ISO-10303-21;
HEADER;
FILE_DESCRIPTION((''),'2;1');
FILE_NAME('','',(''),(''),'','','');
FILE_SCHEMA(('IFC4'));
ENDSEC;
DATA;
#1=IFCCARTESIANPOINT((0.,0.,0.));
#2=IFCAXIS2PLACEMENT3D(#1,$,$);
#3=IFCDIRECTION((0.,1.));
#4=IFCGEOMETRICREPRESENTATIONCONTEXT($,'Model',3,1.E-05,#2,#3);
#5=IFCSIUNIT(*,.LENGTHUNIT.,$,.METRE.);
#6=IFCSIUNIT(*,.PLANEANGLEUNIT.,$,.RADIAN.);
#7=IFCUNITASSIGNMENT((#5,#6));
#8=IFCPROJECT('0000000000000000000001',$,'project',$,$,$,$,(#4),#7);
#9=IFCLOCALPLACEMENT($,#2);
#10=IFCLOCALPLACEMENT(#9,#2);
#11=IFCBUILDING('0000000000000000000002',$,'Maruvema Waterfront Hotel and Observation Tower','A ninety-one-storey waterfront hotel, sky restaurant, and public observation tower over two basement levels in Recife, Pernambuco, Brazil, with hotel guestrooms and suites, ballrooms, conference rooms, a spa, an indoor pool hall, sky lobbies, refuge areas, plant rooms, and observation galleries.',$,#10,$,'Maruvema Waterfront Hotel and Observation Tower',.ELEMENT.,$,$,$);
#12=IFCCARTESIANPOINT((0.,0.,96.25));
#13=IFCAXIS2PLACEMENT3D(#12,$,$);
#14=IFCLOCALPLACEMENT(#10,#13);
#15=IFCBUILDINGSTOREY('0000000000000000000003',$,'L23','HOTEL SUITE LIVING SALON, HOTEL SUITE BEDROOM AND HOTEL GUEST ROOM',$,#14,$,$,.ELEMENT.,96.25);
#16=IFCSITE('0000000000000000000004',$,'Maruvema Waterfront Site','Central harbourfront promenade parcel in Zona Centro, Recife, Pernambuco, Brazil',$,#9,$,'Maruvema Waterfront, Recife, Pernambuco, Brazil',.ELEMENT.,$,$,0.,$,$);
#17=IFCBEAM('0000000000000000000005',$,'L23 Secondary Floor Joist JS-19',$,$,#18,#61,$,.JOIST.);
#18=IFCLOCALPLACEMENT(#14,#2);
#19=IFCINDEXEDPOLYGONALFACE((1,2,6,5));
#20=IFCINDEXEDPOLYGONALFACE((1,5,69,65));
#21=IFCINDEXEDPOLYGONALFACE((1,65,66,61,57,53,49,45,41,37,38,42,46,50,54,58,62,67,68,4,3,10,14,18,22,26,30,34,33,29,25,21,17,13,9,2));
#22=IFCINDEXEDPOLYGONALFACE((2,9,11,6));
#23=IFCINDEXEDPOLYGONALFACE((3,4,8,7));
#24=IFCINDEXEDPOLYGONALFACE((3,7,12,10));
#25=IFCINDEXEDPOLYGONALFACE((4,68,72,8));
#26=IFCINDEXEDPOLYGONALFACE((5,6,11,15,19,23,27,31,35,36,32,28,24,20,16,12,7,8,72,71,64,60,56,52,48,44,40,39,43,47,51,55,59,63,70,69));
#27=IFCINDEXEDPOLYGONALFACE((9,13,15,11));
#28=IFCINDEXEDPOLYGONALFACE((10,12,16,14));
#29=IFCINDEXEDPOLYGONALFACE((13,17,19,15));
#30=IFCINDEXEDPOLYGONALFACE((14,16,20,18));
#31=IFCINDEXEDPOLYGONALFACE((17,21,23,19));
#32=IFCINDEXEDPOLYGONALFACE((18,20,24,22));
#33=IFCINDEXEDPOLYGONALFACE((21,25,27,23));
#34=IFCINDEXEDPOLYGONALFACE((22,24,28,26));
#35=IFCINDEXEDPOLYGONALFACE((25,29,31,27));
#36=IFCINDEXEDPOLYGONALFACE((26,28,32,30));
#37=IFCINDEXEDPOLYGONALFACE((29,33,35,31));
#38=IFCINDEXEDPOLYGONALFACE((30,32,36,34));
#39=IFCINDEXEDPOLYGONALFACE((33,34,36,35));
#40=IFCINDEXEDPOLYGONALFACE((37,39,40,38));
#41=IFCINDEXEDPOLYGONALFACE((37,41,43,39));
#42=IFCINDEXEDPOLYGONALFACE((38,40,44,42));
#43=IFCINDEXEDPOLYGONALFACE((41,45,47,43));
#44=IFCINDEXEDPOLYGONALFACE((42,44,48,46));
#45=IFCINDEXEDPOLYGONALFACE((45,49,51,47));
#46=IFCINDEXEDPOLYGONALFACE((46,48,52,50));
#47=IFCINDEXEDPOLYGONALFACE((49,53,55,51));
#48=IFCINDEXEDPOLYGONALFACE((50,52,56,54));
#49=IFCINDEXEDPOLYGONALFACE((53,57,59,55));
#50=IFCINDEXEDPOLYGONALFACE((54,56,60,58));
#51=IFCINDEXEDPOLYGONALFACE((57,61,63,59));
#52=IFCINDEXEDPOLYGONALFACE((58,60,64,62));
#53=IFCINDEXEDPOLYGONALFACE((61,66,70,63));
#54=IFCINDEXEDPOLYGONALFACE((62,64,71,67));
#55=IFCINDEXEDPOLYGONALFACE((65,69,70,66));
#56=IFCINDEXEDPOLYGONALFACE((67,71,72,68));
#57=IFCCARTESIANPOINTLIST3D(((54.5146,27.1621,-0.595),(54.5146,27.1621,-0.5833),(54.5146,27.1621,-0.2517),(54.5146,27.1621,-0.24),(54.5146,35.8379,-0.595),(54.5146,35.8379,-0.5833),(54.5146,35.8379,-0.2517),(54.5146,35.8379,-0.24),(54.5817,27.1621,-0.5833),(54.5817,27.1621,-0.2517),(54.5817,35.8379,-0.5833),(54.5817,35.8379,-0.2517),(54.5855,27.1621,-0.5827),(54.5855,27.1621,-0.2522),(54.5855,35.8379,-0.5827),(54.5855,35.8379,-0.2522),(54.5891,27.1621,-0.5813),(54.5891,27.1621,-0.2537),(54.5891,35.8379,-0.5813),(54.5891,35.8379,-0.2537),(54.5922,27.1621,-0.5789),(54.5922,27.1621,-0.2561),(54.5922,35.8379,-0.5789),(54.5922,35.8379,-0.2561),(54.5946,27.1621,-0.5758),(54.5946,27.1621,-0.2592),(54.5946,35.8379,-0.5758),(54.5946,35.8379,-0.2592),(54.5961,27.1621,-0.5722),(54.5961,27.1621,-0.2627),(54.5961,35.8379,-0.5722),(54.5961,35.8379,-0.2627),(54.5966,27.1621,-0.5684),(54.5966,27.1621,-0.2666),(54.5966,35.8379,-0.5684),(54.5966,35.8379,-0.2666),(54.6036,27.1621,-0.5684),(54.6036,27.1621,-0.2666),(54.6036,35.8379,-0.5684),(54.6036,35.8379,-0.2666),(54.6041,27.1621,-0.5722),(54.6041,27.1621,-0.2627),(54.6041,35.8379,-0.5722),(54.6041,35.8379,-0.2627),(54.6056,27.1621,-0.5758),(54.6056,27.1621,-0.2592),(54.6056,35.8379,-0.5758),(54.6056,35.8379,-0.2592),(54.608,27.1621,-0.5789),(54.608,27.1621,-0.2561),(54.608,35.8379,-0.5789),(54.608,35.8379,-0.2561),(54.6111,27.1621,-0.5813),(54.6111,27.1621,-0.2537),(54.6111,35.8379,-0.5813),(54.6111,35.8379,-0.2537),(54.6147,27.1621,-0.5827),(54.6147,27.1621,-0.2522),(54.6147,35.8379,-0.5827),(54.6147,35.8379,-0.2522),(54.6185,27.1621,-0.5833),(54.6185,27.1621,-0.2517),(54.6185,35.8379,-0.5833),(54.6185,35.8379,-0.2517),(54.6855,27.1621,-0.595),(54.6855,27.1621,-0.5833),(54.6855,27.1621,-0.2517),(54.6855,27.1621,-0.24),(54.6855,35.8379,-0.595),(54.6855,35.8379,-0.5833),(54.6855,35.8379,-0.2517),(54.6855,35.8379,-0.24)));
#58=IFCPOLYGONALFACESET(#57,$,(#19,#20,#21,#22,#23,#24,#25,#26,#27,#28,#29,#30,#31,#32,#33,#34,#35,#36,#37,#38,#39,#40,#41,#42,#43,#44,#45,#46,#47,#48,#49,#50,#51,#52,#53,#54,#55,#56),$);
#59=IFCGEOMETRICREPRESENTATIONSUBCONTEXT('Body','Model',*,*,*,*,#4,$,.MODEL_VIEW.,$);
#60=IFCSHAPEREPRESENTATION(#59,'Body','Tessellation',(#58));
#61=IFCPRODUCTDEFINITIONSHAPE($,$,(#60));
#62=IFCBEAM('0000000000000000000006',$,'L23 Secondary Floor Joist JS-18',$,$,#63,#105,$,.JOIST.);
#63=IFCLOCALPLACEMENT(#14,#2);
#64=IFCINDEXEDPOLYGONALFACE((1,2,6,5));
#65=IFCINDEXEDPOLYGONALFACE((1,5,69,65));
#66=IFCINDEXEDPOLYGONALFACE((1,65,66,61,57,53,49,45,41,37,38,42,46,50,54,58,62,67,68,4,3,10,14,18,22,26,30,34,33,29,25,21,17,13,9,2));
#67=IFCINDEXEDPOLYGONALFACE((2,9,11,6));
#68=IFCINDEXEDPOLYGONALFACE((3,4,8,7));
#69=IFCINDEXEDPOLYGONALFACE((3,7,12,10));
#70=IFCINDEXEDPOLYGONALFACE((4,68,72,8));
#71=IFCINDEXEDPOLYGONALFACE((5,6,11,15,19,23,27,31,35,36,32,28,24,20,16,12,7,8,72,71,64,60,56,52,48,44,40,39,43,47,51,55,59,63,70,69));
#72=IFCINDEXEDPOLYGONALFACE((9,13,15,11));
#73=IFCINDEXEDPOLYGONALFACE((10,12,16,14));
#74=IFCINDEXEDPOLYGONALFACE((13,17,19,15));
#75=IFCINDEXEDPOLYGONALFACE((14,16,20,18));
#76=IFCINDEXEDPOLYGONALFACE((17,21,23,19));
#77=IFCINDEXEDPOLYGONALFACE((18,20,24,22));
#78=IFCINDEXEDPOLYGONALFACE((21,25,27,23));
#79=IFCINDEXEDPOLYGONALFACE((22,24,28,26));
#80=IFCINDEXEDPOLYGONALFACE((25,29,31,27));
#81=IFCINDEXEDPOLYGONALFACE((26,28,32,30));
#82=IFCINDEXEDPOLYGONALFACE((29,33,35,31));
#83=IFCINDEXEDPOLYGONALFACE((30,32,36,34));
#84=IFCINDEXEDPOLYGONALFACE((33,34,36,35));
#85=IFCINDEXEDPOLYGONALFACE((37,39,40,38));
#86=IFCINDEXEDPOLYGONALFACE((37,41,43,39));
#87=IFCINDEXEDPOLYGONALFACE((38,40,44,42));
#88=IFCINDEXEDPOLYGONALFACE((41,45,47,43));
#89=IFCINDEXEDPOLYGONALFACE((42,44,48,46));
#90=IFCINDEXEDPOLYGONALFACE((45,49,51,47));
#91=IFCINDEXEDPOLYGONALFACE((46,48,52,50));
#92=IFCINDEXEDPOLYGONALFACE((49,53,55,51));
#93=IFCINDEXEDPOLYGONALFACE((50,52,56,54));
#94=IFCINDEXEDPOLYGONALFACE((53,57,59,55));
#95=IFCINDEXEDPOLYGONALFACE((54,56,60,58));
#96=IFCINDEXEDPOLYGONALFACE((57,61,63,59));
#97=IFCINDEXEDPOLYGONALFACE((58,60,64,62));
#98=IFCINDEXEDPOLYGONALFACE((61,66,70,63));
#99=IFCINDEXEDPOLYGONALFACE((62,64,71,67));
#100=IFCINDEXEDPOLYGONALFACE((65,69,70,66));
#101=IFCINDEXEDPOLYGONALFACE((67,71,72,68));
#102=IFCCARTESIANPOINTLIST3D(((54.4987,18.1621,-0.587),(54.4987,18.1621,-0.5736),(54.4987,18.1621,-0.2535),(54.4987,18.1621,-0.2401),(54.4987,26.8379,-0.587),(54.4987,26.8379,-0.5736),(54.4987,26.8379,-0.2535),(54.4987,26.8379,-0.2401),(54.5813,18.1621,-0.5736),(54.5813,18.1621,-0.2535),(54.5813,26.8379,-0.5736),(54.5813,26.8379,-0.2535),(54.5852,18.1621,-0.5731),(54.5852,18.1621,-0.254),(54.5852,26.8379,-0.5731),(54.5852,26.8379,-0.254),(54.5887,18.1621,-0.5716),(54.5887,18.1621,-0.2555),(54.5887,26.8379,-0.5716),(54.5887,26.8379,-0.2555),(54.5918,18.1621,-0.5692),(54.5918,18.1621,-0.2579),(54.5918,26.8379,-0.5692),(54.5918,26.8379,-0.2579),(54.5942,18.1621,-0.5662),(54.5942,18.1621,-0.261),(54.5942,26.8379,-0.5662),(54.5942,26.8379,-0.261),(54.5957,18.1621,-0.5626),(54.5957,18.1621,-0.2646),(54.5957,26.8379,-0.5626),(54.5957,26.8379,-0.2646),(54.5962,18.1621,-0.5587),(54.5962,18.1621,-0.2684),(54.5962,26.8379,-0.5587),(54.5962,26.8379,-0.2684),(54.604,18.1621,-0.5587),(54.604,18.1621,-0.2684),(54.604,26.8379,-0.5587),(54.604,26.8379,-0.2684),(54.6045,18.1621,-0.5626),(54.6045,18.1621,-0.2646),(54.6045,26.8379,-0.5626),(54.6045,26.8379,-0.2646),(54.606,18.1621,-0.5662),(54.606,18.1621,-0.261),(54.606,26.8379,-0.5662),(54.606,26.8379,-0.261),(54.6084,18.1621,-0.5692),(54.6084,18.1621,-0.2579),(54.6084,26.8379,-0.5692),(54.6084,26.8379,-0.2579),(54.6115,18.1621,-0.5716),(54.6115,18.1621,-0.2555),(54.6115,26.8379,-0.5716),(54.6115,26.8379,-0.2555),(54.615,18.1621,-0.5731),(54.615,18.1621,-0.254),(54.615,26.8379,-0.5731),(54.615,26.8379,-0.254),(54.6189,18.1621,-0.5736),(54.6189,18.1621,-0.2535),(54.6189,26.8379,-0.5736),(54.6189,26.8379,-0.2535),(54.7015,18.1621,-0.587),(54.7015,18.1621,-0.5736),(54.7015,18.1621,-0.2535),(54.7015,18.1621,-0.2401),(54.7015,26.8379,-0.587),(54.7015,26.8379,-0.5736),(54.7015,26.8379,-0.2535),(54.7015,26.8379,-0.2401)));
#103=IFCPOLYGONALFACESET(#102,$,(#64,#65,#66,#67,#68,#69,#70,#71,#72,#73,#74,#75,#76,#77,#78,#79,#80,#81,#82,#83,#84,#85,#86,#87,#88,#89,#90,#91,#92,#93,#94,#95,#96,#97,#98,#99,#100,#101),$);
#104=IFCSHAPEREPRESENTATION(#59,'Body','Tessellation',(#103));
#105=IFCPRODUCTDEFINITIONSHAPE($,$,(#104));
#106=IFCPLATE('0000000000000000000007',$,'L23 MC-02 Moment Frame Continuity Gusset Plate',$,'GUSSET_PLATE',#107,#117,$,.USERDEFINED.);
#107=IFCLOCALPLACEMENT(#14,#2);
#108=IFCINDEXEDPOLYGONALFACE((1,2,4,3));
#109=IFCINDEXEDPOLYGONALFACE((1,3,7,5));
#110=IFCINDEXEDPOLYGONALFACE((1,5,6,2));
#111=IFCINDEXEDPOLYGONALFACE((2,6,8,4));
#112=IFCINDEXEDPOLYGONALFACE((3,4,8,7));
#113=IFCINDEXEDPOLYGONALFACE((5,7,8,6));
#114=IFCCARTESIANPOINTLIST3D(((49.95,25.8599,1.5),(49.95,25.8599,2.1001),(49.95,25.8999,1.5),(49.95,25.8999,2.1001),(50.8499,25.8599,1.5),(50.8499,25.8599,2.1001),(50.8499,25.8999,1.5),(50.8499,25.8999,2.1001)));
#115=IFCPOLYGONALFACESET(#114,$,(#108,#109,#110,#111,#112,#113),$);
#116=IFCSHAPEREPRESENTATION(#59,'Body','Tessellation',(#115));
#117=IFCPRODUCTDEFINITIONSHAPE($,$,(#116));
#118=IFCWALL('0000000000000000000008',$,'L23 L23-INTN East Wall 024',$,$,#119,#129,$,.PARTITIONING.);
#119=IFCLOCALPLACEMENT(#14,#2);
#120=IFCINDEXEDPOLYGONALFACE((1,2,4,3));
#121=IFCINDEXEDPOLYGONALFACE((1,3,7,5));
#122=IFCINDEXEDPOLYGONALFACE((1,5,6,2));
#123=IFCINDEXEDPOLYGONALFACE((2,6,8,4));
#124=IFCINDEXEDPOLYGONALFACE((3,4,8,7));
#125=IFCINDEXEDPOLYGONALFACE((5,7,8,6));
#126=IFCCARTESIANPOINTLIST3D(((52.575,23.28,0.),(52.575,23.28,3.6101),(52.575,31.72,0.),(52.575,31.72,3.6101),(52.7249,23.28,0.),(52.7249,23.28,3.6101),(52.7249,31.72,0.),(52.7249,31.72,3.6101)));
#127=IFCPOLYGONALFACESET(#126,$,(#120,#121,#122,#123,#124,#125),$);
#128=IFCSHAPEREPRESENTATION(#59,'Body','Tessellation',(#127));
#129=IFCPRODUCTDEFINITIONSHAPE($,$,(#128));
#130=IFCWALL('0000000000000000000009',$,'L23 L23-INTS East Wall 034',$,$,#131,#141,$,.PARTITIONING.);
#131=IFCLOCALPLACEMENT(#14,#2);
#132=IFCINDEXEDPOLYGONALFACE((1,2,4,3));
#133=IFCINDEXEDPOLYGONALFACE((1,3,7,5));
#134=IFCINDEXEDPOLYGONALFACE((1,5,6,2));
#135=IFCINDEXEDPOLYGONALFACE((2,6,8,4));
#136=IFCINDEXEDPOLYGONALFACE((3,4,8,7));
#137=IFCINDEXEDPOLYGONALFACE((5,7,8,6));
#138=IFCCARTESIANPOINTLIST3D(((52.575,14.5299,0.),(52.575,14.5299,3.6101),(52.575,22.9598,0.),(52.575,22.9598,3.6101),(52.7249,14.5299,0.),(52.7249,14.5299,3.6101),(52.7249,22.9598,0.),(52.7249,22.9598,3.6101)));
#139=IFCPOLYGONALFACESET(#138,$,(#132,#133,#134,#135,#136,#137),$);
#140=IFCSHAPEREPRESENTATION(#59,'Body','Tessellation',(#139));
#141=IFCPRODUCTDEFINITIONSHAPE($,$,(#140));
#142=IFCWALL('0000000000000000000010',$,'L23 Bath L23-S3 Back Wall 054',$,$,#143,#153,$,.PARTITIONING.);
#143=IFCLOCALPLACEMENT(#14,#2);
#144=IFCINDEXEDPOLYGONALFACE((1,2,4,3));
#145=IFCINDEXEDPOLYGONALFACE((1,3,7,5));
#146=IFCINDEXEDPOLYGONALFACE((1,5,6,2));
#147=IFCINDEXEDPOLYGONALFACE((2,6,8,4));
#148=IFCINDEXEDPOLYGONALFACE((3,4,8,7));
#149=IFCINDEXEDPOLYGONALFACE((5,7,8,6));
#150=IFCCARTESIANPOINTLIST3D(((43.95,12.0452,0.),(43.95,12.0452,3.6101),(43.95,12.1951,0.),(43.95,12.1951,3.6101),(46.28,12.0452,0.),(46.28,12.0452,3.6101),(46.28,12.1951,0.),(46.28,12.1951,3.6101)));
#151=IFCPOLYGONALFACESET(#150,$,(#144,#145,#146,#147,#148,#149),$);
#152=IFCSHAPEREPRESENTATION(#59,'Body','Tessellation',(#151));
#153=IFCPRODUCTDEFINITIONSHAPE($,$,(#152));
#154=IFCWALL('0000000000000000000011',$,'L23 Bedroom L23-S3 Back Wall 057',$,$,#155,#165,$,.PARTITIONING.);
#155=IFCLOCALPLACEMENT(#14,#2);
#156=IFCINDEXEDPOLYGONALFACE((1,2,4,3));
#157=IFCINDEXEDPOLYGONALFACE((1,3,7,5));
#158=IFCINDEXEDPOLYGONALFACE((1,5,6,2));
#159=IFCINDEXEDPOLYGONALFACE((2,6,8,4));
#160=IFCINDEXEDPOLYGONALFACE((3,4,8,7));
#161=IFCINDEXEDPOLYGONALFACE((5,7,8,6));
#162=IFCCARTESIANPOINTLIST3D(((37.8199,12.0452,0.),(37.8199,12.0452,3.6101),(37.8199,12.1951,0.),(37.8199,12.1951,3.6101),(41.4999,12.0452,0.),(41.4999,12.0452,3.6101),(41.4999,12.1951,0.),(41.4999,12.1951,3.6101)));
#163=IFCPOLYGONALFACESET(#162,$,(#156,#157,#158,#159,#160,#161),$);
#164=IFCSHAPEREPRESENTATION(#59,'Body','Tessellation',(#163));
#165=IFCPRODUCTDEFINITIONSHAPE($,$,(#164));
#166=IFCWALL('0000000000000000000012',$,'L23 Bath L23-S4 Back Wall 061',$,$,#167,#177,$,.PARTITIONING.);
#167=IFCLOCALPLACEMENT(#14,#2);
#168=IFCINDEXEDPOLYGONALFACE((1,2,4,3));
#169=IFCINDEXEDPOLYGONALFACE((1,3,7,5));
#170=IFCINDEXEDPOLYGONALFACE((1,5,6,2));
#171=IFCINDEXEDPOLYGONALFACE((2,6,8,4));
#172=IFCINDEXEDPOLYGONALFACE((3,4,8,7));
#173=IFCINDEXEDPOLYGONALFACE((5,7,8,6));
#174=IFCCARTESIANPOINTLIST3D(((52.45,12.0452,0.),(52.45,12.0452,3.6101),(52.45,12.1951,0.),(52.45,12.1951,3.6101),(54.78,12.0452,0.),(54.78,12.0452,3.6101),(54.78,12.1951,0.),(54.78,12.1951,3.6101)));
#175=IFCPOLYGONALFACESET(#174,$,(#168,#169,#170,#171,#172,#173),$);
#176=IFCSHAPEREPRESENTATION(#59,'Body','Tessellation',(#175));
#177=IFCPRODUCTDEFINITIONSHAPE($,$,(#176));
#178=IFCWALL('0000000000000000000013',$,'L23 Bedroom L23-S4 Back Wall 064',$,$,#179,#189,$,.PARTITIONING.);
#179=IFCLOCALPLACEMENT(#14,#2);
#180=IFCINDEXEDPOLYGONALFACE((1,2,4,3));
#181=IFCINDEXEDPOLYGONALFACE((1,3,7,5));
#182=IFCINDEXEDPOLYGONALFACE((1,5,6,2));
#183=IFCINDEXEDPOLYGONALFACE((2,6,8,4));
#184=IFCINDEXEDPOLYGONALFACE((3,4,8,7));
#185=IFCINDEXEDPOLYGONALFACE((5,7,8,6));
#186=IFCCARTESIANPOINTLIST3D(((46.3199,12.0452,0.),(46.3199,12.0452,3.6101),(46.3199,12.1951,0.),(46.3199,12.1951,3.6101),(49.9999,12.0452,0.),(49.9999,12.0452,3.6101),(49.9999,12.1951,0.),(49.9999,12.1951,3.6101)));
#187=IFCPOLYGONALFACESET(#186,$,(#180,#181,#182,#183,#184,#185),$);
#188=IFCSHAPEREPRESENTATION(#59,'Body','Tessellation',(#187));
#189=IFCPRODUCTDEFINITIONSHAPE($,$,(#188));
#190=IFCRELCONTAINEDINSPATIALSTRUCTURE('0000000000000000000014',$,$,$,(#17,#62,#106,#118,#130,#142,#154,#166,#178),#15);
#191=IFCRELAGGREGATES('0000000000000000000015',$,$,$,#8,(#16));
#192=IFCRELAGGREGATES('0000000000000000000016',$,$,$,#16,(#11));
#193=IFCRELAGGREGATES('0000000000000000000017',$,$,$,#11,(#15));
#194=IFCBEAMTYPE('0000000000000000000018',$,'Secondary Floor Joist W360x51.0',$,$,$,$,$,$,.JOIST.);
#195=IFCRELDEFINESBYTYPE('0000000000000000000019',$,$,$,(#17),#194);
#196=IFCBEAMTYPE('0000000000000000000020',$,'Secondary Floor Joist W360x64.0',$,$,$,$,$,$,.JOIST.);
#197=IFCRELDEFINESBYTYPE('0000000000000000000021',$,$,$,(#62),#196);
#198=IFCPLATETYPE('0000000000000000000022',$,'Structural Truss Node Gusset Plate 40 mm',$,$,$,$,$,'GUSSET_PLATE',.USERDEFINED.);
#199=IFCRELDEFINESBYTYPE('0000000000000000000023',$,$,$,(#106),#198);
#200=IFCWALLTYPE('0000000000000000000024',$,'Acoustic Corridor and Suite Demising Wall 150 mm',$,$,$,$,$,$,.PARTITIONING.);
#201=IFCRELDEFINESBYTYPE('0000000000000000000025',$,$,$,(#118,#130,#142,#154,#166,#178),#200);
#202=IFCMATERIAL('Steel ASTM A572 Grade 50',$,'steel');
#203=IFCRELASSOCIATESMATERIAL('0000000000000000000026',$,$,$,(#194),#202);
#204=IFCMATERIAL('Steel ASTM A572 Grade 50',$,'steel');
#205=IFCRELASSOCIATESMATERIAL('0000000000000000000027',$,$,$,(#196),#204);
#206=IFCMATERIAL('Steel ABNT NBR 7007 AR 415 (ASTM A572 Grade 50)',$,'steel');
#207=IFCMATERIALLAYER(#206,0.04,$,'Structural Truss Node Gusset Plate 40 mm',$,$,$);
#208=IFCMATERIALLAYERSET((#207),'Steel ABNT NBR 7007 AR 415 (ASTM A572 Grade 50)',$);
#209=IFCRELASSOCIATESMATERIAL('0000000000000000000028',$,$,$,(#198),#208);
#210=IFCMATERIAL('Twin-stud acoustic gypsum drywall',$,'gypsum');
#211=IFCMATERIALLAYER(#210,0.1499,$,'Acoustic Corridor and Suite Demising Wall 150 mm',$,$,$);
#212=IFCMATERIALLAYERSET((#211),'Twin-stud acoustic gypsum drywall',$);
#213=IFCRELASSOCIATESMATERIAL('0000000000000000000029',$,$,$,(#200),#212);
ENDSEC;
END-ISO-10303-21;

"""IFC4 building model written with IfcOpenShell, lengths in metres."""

from ifc_helpers import new_model, si_unit, direction, frame, frame_2d, origin, origin_2d, place, context, subcontext, project, spatial, rectangle, i_section, extrude, material, layer, layer_set, material_profile, profile_set, type_object, element, save


model = new_model("IFC4")

# Units and contexts
model_context = context("Model", 3, precision=1e-05, world=origin(), true_north=direction((0.0, 1.0)))
body_context = subcontext(model_context, "Body", "Model", "MODEL_VIEW")
ifc_project = project(units=[si_unit("LENGTHUNIT", "METRE"), si_unit("PLANEANGLEUNIT", "RADIAN")], contexts=[model_context])

# Site, building, storey
site_placement = place(None, origin())
site = spatial("IfcSite", under=ifc_project, at=site_placement, Name="Maruvema Waterfront Site", Description="Central harbourfront promenade parcel in Zona Centro, Recife, Pernambuco, Brazil", LongName="Maruvema Waterfront, Recife, Pernambuco, Brazil", CompositionType="ELEMENT", RefElevation=0.0)
building_placement = place(site_placement, origin())
building = spatial("IfcBuilding", under=site, at=building_placement, Name="Maruvema Waterfront Hotel and Observation Tower", Description="A ninety-one-storey waterfront hotel, sky restaurant, and public observation tower over two basement levels in Recife, Pernambuco, Brazil, with hotel guestrooms and suites, ballrooms, conference rooms, a spa, an indoor pool hall, sky lobbies, refuge areas, plant rooms, and observation galleries.", LongName="Maruvema Waterfront Hotel and Observation Tower", CompositionType="ELEMENT")
storey_placement = place(building_placement, frame((0.0, 0.0, 96.25)))
storey = spatial("IfcBuildingStorey", under=building, at=storey_placement, Name="L23", Description="HOTEL SUITE LIVING SALON, HOTEL SUITE BEDROOM AND HOTEL GUEST ROOM", CompositionType="ELEMENT", Elevation=96.25)

# Beams
ifc_material_1 = material(Name="Steel ASTM A572 Grade 50", Category="steel")
ifc_material_profile_1 = material_profile(ifc_material_1, i_section(OverallWidth=0.1709, OverallDepth=0.355, WebThickness=0.0071, FlangeThickness=0.0117, FilletRadius=0.0149, at=origin_2d()), Name="W360x51.0")
ifc_profile_set_1 = profile_set([ifc_material_profile_1], Name="Steel ASTM A572 Grade 50")
beam_type_1 = type_object("IfcBeamType", Name="Secondary Floor Joist W360x51.0", PredefinedType="JOIST", material=ifc_profile_set_1)
beam_1_placement = place(storey_placement, frame((54.6001, 27.1621, -0.4175), z_axis=(0.0, 1.0, 0.0), x_axis=(-1.0, 0.0, 0.0)))
element("IfcBeam", 1, at=beam_1_placement, inside=storey, type_object=beam_type_1, Name="L23 Secondary Floor Joist JS-19", PredefinedType="JOIST", context=body_context, shape_type="SweptSolid", body=[
    extrude(i_section(OverallWidth=0.1709, OverallDepth=0.355, WebThickness=0.0071, FlangeThickness=0.0117, FilletRadius=0.0149, at=origin_2d()), origin(), (0.0, 0.0, 1.0), 8.6758),
])
ifc_material_2 = material(Name="Steel ASTM A572 Grade 50", Category="steel")
ifc_material_profile_2 = material_profile(ifc_material_2, i_section(OverallWidth=0.2029, OverallDepth=0.3469, WebThickness=0.0078, FlangeThickness=0.0134, FilletRadius=0.0149, at=origin_2d()), Name="W360x64.0")
ifc_profile_set_2 = profile_set([ifc_material_profile_2], Name="Steel ASTM A572 Grade 50")
beam_type_2 = type_object("IfcBeamType", Name="Secondary Floor Joist W360x64.0", PredefinedType="JOIST", material=ifc_profile_set_2)
beam_2_placement = place(storey_placement, frame((54.6001, 18.1621, -0.4136), z_axis=(0.0, 1.0, 0.0), x_axis=(-1.0, 0.0, 0.0)))
element("IfcBeam", 2, at=beam_2_placement, inside=storey, type_object=beam_type_2, Name="L23 Secondary Floor Joist JS-18", PredefinedType="JOIST", context=body_context, shape_type="SweptSolid", body=[
    extrude(i_section(OverallWidth=0.2029, OverallDepth=0.3469, WebThickness=0.0078, FlangeThickness=0.0134, FilletRadius=0.0149, at=origin_2d()), origin(), (0.0, 0.0, 1.0), 8.6758),
])

# Plate
ifc_material_3 = material(Name="Steel ABNT NBR 7007 AR 415 (ASTM A572 Grade 50)", Category="steel")
ifc_layer_1 = layer(ifc_material_3, 0.04, Name="Structural Truss Node Gusset Plate 40 mm")
ifc_layer_set_1 = layer_set([ifc_layer_1], Name="Steel ABNT NBR 7007 AR 415 (ASTM A572 Grade 50)")
plate_type = type_object("IfcPlateType", Name="Structural Truss Node Gusset Plate 40 mm", ElementType="GUSSET_PLATE", PredefinedType="USERDEFINED", material=ifc_layer_set_1)
plate_placement = place(storey_placement, frame((50.3999, 25.8799, 1.5), z_axis=(0.0, 0.0, 1.0), x_axis=(1.0, 0.0, 0.0)))
element("IfcPlate", 3, at=plate_placement, inside=storey, type_object=plate_type, Name="L23 MC-02 Moment Frame Continuity Gusset Plate", ObjectType="GUSSET_PLATE", PredefinedType="USERDEFINED", context=body_context, shape_type="SweptSolid", body=[
    extrude(rectangle(XDim=0.8999, YDim=0.04, at=origin_2d()), origin(), (0.0, 0.0, 1.0), 0.6001),
])

# Walls
ifc_material_4 = material(Name="Twin-stud acoustic gypsum drywall", Category="gypsum")
ifc_layer_2 = layer(ifc_material_4, 0.1499, Name="Acoustic Corridor and Suite Demising Wall 150 mm")
ifc_layer_set_2 = layer_set([ifc_layer_2], Name="Twin-stud acoustic gypsum drywall")
wall_type_1 = type_object("IfcWallType", Name="Acoustic Corridor and Suite Demising Wall 150 mm", PredefinedType="PARTITIONING", material=ifc_layer_set_2)
wall_1_placement = place(storey_placement, frame((52.6499, 23.28, 0.0), z_axis=(0.0, 0.0, 1.0), x_axis=(0.0, 1.0, 0.0)))
element("IfcWall", 4, at=wall_1_placement, inside=storey, type_object=wall_type_1, Name="L23 L23-INTN East Wall 024", PredefinedType="PARTITIONING", context=body_context, shape_type="SweptSolid", body=[
    extrude(rectangle(XDim=8.4399, YDim=0.1499, at=frame_2d((4.22, 0.0))), origin(), (0.0, 0.0, 1.0), 3.6101),
])
wall_2_placement = place(storey_placement, frame((52.6499, 14.53, 0.0), z_axis=(0.0, 0.0, 1.0), x_axis=(0.0, 1.0, 0.0)))
element("IfcWall", 5, at=wall_2_placement, inside=storey, type_object=wall_type_1, Name="L23 L23-INTS East Wall 034", PredefinedType="PARTITIONING", context=body_context, shape_type="SweptSolid", body=[
    extrude(rectangle(XDim=8.4299, YDim=0.1499, at=frame_2d((4.2148, 0.0))), origin(), (0.0, 0.0, 1.0), 3.6101),
])
wall_3_placement = place(storey_placement, frame((43.95, 12.1201, 0.0), z_axis=(0.0, 0.0, 1.0), x_axis=(1.0, 0.0, 0.0)))
element("IfcWall", 6, at=wall_3_placement, inside=storey, type_object=wall_type_1, Name="L23 Bath L23-S3 Back Wall 054", PredefinedType="PARTITIONING", context=body_context, shape_type="SweptSolid", body=[
    extrude(rectangle(XDim=2.3301, YDim=0.1499, at=frame_2d((1.165, 0.0))), origin(), (0.0, 0.0, 1.0), 3.6101),
])
wall_4_placement = place(storey_placement, frame((37.8201, 12.1201, 0.0), z_axis=(0.0, 0.0, 1.0), x_axis=(1.0, 0.0, 0.0)))
element("IfcWall", 7, at=wall_4_placement, inside=storey, type_object=wall_type_1, Name="L23 Bedroom L23-S3 Back Wall 057", PredefinedType="PARTITIONING", context=body_context, shape_type="SweptSolid", body=[
    extrude(rectangle(XDim=3.6799, YDim=0.1499, at=frame_2d((1.8398, 0.0))), origin(), (0.0, 0.0, 1.0), 3.6101),
])

# Walls
wall_5_placement = place(storey_placement, frame((52.45, 12.1201, 0.0), z_axis=(0.0, 0.0, 1.0), x_axis=(1.0, 0.0, 0.0)))
element("IfcWall", 8, at=wall_5_placement, inside=storey, type_object=wall_type_1, Name="L23 Bath L23-S4 Back Wall 061", PredefinedType="PARTITIONING", context=body_context, shape_type="SweptSolid", body=[
    extrude(rectangle(XDim=2.3301, YDim=0.1499, at=frame_2d((1.165, 0.0))), origin(), (0.0, 0.0, 1.0), 3.6101),
])
wall_6_placement = place(storey_placement, frame((46.3201, 12.1201, 0.0), z_axis=(0.0, 0.0, 1.0), x_axis=(1.0, 0.0, 0.0)))
element("IfcWall", 9, at=wall_6_placement, inside=storey, type_object=wall_type_1, Name="L23 Bedroom L23-S4 Back Wall 064", PredefinedType="PARTITIONING", context=body_context, shape_type="SweptSolid", body=[
    extrude(rectangle(XDim=3.6799, YDim=0.1499, at=frame_2d((1.8398, 0.0))), origin(), (0.0, 0.0, 1.0), 3.6101),
])

save(model, "model.ifc")
